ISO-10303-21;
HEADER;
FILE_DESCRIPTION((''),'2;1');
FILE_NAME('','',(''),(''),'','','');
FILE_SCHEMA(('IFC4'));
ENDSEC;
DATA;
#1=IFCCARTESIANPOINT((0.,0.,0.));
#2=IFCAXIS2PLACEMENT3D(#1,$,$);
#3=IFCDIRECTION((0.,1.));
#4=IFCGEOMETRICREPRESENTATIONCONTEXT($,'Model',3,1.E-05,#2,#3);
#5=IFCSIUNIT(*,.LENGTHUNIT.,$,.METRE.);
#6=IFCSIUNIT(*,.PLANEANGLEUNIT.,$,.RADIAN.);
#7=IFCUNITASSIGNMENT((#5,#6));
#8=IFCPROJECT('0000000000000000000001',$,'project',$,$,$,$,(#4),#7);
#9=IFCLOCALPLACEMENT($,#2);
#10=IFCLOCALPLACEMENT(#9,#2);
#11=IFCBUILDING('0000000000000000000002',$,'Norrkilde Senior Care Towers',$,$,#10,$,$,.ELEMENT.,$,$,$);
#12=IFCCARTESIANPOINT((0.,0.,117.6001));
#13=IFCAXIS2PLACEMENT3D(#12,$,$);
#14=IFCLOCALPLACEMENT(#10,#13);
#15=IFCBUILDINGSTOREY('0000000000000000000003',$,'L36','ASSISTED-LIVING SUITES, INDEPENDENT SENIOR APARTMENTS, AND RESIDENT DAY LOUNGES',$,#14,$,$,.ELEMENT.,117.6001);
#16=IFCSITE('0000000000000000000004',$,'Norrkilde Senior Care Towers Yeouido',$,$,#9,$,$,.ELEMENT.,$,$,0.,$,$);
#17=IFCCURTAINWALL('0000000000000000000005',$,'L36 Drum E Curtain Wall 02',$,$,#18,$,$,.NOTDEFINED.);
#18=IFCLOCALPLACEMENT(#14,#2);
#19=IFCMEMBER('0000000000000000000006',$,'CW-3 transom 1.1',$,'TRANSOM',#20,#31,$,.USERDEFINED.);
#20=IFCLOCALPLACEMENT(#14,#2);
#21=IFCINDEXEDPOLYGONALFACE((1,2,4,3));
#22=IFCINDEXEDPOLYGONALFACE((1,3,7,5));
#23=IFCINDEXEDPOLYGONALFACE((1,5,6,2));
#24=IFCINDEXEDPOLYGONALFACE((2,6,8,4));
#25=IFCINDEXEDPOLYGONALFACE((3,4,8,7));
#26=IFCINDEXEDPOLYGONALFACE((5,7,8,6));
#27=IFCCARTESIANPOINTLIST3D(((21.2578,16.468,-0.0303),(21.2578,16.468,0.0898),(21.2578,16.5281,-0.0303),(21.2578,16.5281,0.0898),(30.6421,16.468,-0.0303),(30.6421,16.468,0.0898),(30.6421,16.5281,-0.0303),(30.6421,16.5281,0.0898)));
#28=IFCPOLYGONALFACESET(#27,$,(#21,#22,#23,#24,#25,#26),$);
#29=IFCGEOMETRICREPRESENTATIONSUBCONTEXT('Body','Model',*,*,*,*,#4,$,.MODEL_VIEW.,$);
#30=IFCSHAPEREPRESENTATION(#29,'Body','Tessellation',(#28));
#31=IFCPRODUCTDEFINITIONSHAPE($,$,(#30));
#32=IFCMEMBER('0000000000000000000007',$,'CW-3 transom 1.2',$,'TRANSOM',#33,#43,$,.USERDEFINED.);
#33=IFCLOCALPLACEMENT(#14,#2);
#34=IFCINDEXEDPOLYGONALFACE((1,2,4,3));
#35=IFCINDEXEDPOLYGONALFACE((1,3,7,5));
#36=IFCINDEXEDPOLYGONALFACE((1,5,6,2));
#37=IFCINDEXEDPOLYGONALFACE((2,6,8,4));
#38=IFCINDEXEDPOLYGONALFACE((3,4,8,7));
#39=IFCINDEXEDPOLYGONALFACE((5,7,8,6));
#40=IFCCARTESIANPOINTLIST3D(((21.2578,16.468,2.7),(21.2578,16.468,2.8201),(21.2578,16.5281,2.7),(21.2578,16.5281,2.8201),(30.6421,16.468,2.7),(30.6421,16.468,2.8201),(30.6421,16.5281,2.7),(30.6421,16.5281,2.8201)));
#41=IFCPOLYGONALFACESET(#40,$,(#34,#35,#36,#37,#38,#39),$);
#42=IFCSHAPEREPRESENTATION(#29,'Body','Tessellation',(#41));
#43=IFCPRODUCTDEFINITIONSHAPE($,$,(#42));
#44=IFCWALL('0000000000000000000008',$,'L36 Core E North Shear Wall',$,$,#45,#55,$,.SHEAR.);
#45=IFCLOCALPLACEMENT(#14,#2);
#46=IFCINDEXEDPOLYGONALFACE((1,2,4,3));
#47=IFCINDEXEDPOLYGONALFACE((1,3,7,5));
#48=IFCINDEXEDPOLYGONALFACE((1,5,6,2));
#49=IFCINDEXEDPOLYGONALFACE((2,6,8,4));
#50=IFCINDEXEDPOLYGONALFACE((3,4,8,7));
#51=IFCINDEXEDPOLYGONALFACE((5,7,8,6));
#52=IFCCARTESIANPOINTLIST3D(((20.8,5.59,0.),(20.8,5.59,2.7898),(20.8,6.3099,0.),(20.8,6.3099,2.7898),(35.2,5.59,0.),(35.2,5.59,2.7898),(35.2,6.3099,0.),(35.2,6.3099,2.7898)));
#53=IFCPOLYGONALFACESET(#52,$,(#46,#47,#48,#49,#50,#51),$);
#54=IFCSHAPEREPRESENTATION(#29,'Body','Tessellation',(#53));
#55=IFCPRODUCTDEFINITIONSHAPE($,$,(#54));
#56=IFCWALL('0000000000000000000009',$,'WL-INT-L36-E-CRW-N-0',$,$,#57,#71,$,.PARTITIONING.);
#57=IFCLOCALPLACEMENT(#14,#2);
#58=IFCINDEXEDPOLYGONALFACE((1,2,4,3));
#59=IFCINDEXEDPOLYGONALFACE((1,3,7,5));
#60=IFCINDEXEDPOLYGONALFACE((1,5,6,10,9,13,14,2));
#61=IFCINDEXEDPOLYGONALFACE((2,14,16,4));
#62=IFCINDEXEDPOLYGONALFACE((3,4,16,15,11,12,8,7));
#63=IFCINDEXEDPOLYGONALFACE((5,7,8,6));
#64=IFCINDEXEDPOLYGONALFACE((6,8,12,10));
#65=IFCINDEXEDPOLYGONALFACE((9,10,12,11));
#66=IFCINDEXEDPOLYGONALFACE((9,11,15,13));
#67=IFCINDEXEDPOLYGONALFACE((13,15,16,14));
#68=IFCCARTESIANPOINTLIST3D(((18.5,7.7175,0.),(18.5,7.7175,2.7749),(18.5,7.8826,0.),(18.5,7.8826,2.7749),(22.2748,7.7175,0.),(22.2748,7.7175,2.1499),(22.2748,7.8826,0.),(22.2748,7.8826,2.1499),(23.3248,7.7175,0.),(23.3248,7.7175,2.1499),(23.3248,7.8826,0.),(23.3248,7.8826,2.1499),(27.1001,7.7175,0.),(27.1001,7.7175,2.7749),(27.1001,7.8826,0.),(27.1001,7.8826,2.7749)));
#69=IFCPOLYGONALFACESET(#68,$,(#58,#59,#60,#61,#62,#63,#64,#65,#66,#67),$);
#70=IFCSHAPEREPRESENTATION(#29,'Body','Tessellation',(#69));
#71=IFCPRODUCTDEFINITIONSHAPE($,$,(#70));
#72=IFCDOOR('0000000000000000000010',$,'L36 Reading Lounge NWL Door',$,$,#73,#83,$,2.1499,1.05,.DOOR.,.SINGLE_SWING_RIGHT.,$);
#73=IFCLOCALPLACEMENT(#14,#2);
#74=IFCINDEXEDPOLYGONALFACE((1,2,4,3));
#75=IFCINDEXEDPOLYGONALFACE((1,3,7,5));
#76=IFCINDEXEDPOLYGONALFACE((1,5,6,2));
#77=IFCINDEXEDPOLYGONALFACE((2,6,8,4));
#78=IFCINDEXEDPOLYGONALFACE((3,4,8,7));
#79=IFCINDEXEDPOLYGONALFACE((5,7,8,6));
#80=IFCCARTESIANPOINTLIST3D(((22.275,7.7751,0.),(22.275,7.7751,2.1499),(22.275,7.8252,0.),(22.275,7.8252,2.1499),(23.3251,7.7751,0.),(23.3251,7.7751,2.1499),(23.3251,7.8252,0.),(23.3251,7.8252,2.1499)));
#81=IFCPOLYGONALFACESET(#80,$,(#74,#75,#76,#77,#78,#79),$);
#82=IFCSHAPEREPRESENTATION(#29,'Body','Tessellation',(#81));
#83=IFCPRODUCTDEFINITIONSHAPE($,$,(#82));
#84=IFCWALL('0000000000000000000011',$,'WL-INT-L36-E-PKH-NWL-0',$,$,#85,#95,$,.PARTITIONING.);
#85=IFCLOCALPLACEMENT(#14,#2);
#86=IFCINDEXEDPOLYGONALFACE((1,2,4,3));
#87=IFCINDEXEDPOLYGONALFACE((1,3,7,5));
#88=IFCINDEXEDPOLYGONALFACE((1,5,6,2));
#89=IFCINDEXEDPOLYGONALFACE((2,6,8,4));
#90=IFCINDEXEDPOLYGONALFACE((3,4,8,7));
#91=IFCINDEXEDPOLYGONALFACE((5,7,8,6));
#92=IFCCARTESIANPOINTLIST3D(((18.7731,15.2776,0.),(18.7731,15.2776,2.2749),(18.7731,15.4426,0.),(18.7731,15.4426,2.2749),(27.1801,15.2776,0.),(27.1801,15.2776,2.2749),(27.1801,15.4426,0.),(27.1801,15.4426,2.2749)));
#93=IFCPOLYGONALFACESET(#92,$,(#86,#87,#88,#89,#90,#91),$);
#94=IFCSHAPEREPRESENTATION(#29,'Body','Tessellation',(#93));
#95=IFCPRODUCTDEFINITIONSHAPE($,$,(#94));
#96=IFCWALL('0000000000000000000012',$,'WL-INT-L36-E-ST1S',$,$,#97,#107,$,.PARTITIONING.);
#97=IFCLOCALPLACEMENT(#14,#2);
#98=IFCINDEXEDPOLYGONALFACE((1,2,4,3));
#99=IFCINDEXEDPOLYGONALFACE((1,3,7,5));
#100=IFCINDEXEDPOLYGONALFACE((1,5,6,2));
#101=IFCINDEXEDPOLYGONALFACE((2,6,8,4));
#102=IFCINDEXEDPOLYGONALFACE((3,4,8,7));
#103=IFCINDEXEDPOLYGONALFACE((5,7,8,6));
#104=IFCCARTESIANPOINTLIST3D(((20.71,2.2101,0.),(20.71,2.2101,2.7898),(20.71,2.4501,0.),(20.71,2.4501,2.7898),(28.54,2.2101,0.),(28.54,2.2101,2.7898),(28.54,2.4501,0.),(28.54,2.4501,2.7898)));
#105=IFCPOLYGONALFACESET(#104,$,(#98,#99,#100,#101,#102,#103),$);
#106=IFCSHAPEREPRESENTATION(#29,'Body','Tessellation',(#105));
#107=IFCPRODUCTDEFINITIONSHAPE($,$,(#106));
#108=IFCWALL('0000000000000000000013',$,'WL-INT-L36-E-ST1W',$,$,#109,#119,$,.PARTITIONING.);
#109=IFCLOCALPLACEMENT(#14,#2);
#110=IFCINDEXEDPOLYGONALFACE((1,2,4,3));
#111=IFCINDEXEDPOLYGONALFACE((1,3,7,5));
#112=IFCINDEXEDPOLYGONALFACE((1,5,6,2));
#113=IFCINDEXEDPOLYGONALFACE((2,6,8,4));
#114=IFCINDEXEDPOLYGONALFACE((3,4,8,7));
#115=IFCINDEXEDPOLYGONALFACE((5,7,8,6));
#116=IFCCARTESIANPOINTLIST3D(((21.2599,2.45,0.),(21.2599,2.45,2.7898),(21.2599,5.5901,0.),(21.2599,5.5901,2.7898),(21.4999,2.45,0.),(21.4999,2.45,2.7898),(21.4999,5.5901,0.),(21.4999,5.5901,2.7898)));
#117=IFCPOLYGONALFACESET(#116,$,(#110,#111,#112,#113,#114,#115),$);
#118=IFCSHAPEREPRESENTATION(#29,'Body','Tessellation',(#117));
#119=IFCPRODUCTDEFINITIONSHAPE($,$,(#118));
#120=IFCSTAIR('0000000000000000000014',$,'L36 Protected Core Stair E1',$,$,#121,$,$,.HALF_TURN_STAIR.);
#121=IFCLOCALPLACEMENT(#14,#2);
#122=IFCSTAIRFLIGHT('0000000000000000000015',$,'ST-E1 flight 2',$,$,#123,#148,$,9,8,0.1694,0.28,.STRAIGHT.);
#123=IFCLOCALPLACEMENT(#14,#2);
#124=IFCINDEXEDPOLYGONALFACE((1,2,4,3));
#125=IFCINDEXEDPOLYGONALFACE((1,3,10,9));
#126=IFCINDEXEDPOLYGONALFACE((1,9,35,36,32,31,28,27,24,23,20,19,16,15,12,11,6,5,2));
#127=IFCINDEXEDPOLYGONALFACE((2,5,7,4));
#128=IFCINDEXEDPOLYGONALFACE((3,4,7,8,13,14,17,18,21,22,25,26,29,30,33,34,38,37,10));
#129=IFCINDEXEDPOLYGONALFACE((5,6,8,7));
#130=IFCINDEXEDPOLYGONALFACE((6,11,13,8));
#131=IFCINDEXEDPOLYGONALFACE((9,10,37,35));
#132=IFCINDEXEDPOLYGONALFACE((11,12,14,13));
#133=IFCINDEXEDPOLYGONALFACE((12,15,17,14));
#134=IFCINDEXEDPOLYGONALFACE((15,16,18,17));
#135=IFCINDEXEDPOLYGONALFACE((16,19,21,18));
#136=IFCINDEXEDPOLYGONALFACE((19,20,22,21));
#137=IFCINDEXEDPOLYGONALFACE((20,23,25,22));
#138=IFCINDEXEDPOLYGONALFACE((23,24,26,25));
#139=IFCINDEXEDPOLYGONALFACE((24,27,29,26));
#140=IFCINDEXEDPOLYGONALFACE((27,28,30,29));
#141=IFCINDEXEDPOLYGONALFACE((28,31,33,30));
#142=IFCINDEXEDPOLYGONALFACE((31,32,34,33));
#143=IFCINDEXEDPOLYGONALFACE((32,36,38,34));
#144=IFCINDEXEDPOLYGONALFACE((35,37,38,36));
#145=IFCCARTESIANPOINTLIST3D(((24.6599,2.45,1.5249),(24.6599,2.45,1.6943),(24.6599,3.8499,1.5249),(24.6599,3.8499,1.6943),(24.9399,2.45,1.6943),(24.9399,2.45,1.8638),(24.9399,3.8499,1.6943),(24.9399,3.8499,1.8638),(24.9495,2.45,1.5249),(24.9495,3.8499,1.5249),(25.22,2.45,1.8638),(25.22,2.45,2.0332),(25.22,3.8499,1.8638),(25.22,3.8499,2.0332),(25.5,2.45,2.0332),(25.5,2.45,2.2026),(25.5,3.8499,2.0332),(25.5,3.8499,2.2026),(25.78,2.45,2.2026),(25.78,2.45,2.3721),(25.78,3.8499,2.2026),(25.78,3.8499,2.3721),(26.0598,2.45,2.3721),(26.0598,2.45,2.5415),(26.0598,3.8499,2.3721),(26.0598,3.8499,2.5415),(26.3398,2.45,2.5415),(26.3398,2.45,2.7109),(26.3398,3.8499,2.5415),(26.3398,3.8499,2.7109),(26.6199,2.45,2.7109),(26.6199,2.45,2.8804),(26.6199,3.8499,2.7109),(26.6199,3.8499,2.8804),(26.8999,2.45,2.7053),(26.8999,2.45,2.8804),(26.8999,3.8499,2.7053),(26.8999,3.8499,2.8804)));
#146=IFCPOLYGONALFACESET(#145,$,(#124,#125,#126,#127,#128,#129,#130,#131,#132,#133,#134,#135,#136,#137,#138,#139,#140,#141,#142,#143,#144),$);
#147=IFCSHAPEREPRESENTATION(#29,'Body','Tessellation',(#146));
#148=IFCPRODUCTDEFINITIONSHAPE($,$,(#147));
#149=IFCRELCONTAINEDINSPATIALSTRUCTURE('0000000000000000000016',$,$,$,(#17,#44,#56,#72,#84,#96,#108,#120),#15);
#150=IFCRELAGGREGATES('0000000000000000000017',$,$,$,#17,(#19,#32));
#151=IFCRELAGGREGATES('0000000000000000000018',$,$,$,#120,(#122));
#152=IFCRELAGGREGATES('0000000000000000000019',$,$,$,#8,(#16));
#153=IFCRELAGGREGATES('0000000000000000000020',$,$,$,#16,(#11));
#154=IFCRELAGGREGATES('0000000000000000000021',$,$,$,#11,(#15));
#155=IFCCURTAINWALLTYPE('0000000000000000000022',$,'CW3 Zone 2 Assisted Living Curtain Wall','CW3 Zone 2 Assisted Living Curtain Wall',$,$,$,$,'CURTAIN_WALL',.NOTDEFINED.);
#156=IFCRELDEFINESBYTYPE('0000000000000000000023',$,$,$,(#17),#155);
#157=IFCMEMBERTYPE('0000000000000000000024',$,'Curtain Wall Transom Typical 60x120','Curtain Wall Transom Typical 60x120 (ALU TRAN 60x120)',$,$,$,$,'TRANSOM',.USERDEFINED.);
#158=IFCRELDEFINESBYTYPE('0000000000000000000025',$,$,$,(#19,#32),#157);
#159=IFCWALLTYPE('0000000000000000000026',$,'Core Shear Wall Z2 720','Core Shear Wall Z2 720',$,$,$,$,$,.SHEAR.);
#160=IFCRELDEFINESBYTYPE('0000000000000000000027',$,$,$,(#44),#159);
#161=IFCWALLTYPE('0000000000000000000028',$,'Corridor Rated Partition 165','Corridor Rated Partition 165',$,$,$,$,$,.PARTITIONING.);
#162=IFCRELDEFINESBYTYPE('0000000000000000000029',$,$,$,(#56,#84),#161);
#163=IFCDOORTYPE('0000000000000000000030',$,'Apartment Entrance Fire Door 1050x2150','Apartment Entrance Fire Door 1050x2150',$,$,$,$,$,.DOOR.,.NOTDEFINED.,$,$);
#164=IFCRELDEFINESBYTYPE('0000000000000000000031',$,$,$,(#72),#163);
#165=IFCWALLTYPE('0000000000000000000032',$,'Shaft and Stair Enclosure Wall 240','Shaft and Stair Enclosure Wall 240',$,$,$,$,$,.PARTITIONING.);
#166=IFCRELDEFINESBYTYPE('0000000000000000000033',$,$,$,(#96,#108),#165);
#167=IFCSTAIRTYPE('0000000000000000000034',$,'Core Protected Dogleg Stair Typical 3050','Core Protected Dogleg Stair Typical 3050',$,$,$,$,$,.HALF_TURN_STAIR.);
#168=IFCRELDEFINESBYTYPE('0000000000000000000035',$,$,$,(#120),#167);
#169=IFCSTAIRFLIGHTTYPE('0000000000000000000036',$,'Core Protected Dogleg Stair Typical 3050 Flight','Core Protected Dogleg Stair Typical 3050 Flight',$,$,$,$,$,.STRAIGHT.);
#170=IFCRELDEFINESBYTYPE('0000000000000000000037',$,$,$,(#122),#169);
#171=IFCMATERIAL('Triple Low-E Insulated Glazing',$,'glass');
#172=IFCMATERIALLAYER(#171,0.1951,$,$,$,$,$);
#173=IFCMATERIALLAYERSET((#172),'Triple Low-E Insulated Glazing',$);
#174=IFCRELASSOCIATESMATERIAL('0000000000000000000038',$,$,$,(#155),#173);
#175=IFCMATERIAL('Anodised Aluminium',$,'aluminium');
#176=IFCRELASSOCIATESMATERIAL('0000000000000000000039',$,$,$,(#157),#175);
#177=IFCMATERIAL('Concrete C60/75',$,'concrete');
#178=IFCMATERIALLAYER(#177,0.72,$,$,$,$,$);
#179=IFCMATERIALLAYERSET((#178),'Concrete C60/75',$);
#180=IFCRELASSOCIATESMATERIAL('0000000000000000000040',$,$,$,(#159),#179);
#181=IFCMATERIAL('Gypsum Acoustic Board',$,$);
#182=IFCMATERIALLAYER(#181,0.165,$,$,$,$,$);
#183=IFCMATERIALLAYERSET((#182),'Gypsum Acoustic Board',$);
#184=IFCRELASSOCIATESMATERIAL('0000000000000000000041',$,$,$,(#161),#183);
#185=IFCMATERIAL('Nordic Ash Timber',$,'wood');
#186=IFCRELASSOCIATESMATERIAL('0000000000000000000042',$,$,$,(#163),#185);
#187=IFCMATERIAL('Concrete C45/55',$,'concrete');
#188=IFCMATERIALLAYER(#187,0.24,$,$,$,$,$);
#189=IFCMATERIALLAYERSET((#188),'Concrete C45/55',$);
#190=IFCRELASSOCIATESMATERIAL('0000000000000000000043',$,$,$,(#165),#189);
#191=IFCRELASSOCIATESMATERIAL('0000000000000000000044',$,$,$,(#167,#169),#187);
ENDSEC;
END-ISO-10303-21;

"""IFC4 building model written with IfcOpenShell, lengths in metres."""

from ifc_helpers import new_model, si_unit, direction, frame, frame_2d, origin, origin_2d, place, context, subcontext, project, spatial, polyline, rectangle, outline, extrude, source, transform, mapped, material, layer, layer_set, material_profile, profile_set, type_object, type_shapes, element, fill, aggregate, save


model = new_model("IFC4")

# Units and contexts
model_context = context("Model", 3, precision=1e-05, world=origin(), true_north=direction((0.0, 1.0)))
body_context = subcontext(model_context, "Body", "Model", "MODEL_VIEW")
ifc_project = project(units=[si_unit("LENGTHUNIT", "METRE"), si_unit("PLANEANGLEUNIT", "RADIAN")], contexts=[model_context])

# Site, building, storey
site_placement = place(None, origin())
site = spatial("IfcSite", under=ifc_project, at=site_placement, Name="Norrkilde Senior Care Towers Yeouido", CompositionType="ELEMENT", RefElevation=0.0)
building_placement = place(site_placement, origin())
building = spatial("IfcBuilding", under=site, at=building_placement, Name="Norrkilde Senior Care Towers", CompositionType="ELEMENT")
storey_placement = place(building_placement, frame((0.0, 0.0, 117.6001)))
storey = spatial("IfcBuildingStorey", under=building, at=storey_placement, Name="L36", Description="ASSISTED-LIVING SUITES, INDEPENDENT SENIOR APARTMENTS, AND RESIDENT DAY LOUNGES", CompositionType="ELEMENT", Elevation=117.6001)

# Shared definitions
ifc_material_1 = material(Name="Concrete C60/75", Category="concrete")

# Curtain wall
ifc_material_2 = material(Name="Triple Low-E Insulated Glazing", Category="glass")
ifc_layer_1 = layer(ifc_material_2, 0.1951)
ifc_layer_set_1 = layer_set([ifc_layer_1], Name="Triple Low-E Insulated Glazing")
curtain_wall_type = type_object("IfcCurtainWallType", Name="CW3 Zone 2 Assisted Living Curtain Wall", Description="CW3 Zone 2 Assisted Living Curtain Wall", ElementType="CURTAIN_WALL", PredefinedType="NOTDEFINED", material=ifc_layer_set_1)
curtain_wall_1_placement = place(storey_placement, origin())
curtain_wall_1 = element("IfcCurtainWall", 1, at=curtain_wall_1_placement, inside=storey, type_object=curtain_wall_type, Name="L36 Drum E Curtain Wall 02", PredefinedType="NOTDEFINED")
ifc_material_3 = material(Name="Anodised Aluminium", Category="aluminium")

# Members
ifc_material_profile_1 = material_profile(ifc_material_3, rectangle(XDim=0.0601, YDim=0.1201, at=origin_2d()), Name="ALU TRAN 60x120")
ifc_profile_set_1 = profile_set([ifc_material_profile_1], Name="Anodised Aluminium")
member_type_1 = type_object("IfcMemberType", Name="Curtain Wall Transom Typical 60x120", Description="Curtain Wall Transom Typical 60x120 (ALU TRAN 60x120)", ElementType="TRANSOM", PredefinedType="USERDEFINED", material=ifc_profile_set_1)
shared_shape_1 = source(origin(), body_context, "Body", "SweptSolid", [
    extrude(rectangle(XDim=0.0601, YDim=0.1201, at=origin_2d()), origin(), (0.0, 0.0, 1.0), 9.3843),
])
type_shapes(member_type_1, [shared_shape_1])
member_1_placement = place(storey_placement, frame((21.2578, 16.498, 0.0298), z_axis=(1.0, 0.0, 0.0), x_axis=(0.0, 1.0, 0.0)))
member_1 = element("IfcMember", 2, at=member_1_placement, type_object=member_type_1, Name="CW-3 transom 1.1", ObjectType="TRANSOM", PredefinedType="USERDEFINED", context=body_context, shape_type="MappedRepresentation", body=[
    mapped(shared_shape_1, transform((0.0, 0.0, 0.0), x_axis=(1.0, 0.0, 0.0), y_axis=(0.0, 1.0, 0.0), z_axis=(0.0, 0.0, 1.0), scale=1.0)),
])
member_2_placement = place(storey_placement, frame((21.2578, 16.498, 2.76), z_axis=(1.0, 0.0, 0.0), x_axis=(0.0, 1.0, 0.0)))
member_2 = element("IfcMember", 3, at=member_2_placement, type_object=member_type_1, Name="CW-3 transom 1.2", ObjectType="TRANSOM", PredefinedType="USERDEFINED", context=body_context, shape_type="MappedRepresentation", body=[
    mapped(shared_shape_1, transform((0.0, 0.0, 0.0), x_axis=(1.0, 0.0, 0.0), y_axis=(0.0, 1.0, 0.0), z_axis=(0.0, 0.0, 1.0), scale=1.0)),
])
aggregate(curtain_wall_1, [member_1, member_2])

# Wall
ifc_layer_2 = layer(ifc_material_1, 0.72)
ifc_layer_set_2 = layer_set([ifc_layer_2], Name="Concrete C60/75")
wall_type_1 = type_object("IfcWallType", Name="Core Shear Wall Z2 720", Description="Core Shear Wall Z2 720", PredefinedType="SHEAR", material=ifc_layer_set_2)
shared_shape_2 = source(origin(), body_context, "Body", "SweptSolid", [
    extrude(rectangle(XDim=14.3999, YDim=0.72, at=frame_2d((7.2, 0.0))), origin(), (0.0, 0.0, 1.0), 2.7898),
])
type_shapes(wall_type_1, [shared_shape_2])
wall_1_placement = place(storey_placement, frame((20.8, 5.95, 0.0), z_axis=(0.0, 0.0, 1.0), x_axis=(1.0, 0.0, 0.0)))
element("IfcWall", 4, at=wall_1_placement, inside=storey, type_object=wall_type_1, Name="L36 Core E North Shear Wall", PredefinedType="SHEAR", context=body_context, shape_type="MappedRepresentation", body=[
    mapped(shared_shape_2, transform((0.0, 0.0, 0.0), x_axis=(1.0, 0.0, 0.0), y_axis=(0.0, 1.0, 0.0), z_axis=(0.0, 0.0, 1.0), scale=1.0)),
])

# Wall, opening, door
ifc_material_4 = material(Name="Gypsum Acoustic Board")
ifc_layer_3 = layer(ifc_material_4, 0.165)
ifc_layer_set_3 = layer_set([ifc_layer_3], Name="Gypsum Acoustic Board")
wall_type_2 = type_object("IfcWallType", Name="Corridor Rated Partition 165", Description="Corridor Rated Partition 165", PredefinedType="PARTITIONING", material=ifc_layer_set_3)
shared_shape_3 = source(origin(), body_context, "Body", "SweptSolid", [
    extrude(rectangle(XDim=8.6001, YDim=0.165, at=frame_2d((4.3, 0.0))), origin(), (0.0, 0.0, 1.0), 2.7749),
])
wall_2_placement = place(storey_placement, frame((18.5, 7.8, 0.0), z_axis=(0.0, 0.0, 1.0), x_axis=(1.0, 0.0, 0.0)))
wall_2 = element("IfcWall", 5, at=wall_2_placement, inside=storey, type_object=wall_type_2, Name="WL-INT-L36-E-CRW-N-0", PredefinedType="PARTITIONING", context=body_context, shape_type="MappedRepresentation", body=[
    mapped(shared_shape_3, transform((0.0, 0.0, 0.0), x_axis=(1.0, 0.0, 0.0), y_axis=(0.0, 1.0, 0.0), z_axis=(0.0, 0.0, 1.0), scale=1.0)),
])
opening_placement = place(wall_2_placement, frame((3.7749, 0.0, 0.0)))
opening = element("IfcOpeningElement", 6, at=opening_placement, cuts=wall_2, PredefinedType="OPENING", context=body_context, shape_type="SweptSolid", body=[
    extrude(rectangle(XDim=1.05, YDim=2.1499, at=frame_2d((0.5249, 1.075))), frame((0.0, 0.0925, 0.0), z_axis=(0.0, -1.0, 0.0), x_axis=(1.0, 0.0, 0.0)), (0.0, 0.0, 1.0), 0.1851),
])
ifc_material_5 = material(Name="Nordic Ash Timber", Category="wood")
door_type = type_object("IfcDoorType", Name="Apartment Entrance Fire Door 1050x2150", Description="Apartment Entrance Fire Door 1050x2150", OperationType="NOTDEFINED", PredefinedType="DOOR", material=ifc_material_5)
shared_shape_4 = source(origin(), body_context, "Body", "SweptSolid", [
    extrude(rectangle(XDim=1.05, YDim=2.1499, at=frame_2d((0.5249, 1.075))), frame((0.0, 0.0249, 0.0), z_axis=(0.0, -1.0, 0.0), x_axis=(1.0, 0.0, 0.0)), (0.0, 0.0, 1.0), 0.05),
])
type_shapes(door_type, [shared_shape_4])
door_placement = place(opening_placement, frame((1.05, 0.0, 0.0), z_axis=(0.0, 0.0, 1.0), x_axis=(-1.0, 0.0, 0.0)))
door = element("IfcDoor", 7, at=door_placement, inside=storey, type_object=door_type, Name="L36 Reading Lounge NWL Door", OperationType="SINGLE_SWING_RIGHT", OverallHeight=2.1499, OverallWidth=1.05, PredefinedType="DOOR", context=body_context, shape_type="MappedRepresentation", body=[
    mapped(shared_shape_4, transform((0.0, 0.0, 0.0), x_axis=(1.0, 0.0, 0.0), y_axis=(0.0, 1.0, 0.0), z_axis=(0.0, 0.0, 1.0), scale=1.0)),
])
fill(opening, door)

# Walls
shared_shape_5 = source(origin(), body_context, "Body", "SweptSolid", [
    extrude(rectangle(XDim=8.407, YDim=0.165, at=frame_2d((4.2036, 0.0))), origin(), (0.0, 0.0, 1.0), 2.2749),
])
type_shapes(wall_type_2, [shared_shape_3, shared_shape_5])
wall_3_placement = place(storey_placement, frame((18.7729, 15.3601, 0.0), z_axis=(0.0, 0.0, 1.0), x_axis=(1.0, 0.0, 0.0)))
element("IfcWall", 8, at=wall_3_placement, inside=storey, type_object=wall_type_2, Name="WL-INT-L36-E-PKH-NWL-0", PredefinedType="PARTITIONING", context=body_context, shape_type="MappedRepresentation", body=[
    mapped(shared_shape_5, transform((0.0, 0.0, 0.0), x_axis=(1.0, 0.0, 0.0), y_axis=(0.0, 1.0, 0.0), z_axis=(0.0, 0.0, 1.0), scale=1.0)),
])
ifc_material_6 = material(Name="Concrete C45/55", Category="concrete")
ifc_layer_4 = layer(ifc_material_6, 0.24)
ifc_layer_set_4 = layer_set([ifc_layer_4], Name="Concrete C45/55")
wall_type_3 = type_object("IfcWallType", Name="Shaft and Stair Enclosure Wall 240", Description="Shaft and Stair Enclosure Wall 240", PredefinedType="PARTITIONING", material=ifc_layer_set_4)
shared_shape_6 = source(origin(), body_context, "Body", "SweptSolid", [
    extrude(rectangle(XDim=7.8301, YDim=0.24, at=frame_2d((3.915, 0.0))), origin(), (0.0, 0.0, 1.0), 2.7898),
])
wall_4_placement = place(storey_placement, frame((20.71, 2.3301, 0.0), z_axis=(0.0, 0.0, 1.0), x_axis=(1.0, 0.0, 0.0)))
element("IfcWall", 9, at=wall_4_placement, inside=storey, type_object=wall_type_3, Name="WL-INT-L36-E-ST1S", PredefinedType="PARTITIONING", context=body_context, shape_type="MappedRepresentation", body=[
    mapped(shared_shape_6, transform((0.0, 0.0, 0.0), x_axis=(1.0, 0.0, 0.0), y_axis=(0.0, 1.0, 0.0), z_axis=(0.0, 0.0, 1.0), scale=1.0)),
])
shared_shape_7 = source(origin(), body_context, "Body", "SweptSolid", [
    extrude(rectangle(XDim=3.1401, YDim=0.24, at=frame_2d((1.5701, 0.0))), origin(), (0.0, 0.0, 1.0), 2.7898),
])
type_shapes(wall_type_3, [shared_shape_6, shared_shape_7])
wall_5_placement = place(storey_placement, frame((21.3799, 2.45, 0.0), z_axis=(0.0, 0.0, 1.0), x_axis=(0.0, 1.0, 0.0)))
element("IfcWall", 10, at=wall_5_placement, inside=storey, type_object=wall_type_3, Name="WL-INT-L36-E-ST1W", PredefinedType="PARTITIONING", context=body_context, shape_type="MappedRepresentation", body=[
    mapped(shared_shape_7, transform((0.0, 0.0, 0.0), x_axis=(1.0, 0.0, 0.0), y_axis=(0.0, 1.0, 0.0), z_axis=(0.0, 0.0, 1.0), scale=1.0)),
])

# Stair, stair flight
stair_type = type_object("IfcStairType", Name="Core Protected Dogleg Stair Typical 3050", Description="Core Protected Dogleg Stair Typical 3050", PredefinedType="HALF_TURN_STAIR", material=ifc_material_6)
stair_placement = place(storey_placement, origin())
stair = element("IfcStair", 11, at=stair_placement, inside=storey, type_object=stair_type, Name="L36 Protected Core Stair E1", PredefinedType="HALF_TURN_STAIR")
stair_flight_type = type_object("IfcStairFlightType", Name="Core Protected Dogleg Stair Typical 3050 Flight", Description="Core Protected Dogleg Stair Typical 3050 Flight", PredefinedType="STRAIGHT", material=ifc_material_6)
stair_flight_placement = place(storey_placement, frame((24.6599, 3.1499, 1.5249), z_axis=(0.0, 0.0, 1.0), x_axis=(1.0, 0.0, 0.0)))
stair_flight = element("IfcStairFlight", 12, at=stair_flight_placement, type_object=stair_flight_type, Name="ST-E1 flight 2", NumberOfRisers=9, NumberOfTreads=8, PredefinedType="STRAIGHT", RiserHeight=0.1694, TreadLength=0.28, context=body_context, shape_type="SweptSolid", body=[
    extrude(outline(polyline([(0.0, 0.0), (0.0, 0.1694), (0.28, 0.1694), (0.28, 0.3389), (0.5601, 0.3389), (0.5601, 0.5083), (0.8401, 0.5083), (0.8401, 0.6777), (1.1201, 0.6777), (1.1201, 0.8472), (1.3999, 0.8472), (1.3999, 1.0166), (1.6799, 1.0166), (1.6799, 1.186), (1.96, 1.186), (1.96, 1.3555), (2.24, 1.3555), (2.24, 1.5249), (2.24, 1.1804), (0.2896, 0.0), (0.0, 0.0)])), frame((0.0, 0.7, 0.0), z_axis=(0.0, -1.0, 0.0), x_axis=(1.0, 0.0, 0.0)), (0.0, 0.0, 1.0), 1.3999),
])
aggregate(stair, [stair_flight])

save(model, "model.ifc")
